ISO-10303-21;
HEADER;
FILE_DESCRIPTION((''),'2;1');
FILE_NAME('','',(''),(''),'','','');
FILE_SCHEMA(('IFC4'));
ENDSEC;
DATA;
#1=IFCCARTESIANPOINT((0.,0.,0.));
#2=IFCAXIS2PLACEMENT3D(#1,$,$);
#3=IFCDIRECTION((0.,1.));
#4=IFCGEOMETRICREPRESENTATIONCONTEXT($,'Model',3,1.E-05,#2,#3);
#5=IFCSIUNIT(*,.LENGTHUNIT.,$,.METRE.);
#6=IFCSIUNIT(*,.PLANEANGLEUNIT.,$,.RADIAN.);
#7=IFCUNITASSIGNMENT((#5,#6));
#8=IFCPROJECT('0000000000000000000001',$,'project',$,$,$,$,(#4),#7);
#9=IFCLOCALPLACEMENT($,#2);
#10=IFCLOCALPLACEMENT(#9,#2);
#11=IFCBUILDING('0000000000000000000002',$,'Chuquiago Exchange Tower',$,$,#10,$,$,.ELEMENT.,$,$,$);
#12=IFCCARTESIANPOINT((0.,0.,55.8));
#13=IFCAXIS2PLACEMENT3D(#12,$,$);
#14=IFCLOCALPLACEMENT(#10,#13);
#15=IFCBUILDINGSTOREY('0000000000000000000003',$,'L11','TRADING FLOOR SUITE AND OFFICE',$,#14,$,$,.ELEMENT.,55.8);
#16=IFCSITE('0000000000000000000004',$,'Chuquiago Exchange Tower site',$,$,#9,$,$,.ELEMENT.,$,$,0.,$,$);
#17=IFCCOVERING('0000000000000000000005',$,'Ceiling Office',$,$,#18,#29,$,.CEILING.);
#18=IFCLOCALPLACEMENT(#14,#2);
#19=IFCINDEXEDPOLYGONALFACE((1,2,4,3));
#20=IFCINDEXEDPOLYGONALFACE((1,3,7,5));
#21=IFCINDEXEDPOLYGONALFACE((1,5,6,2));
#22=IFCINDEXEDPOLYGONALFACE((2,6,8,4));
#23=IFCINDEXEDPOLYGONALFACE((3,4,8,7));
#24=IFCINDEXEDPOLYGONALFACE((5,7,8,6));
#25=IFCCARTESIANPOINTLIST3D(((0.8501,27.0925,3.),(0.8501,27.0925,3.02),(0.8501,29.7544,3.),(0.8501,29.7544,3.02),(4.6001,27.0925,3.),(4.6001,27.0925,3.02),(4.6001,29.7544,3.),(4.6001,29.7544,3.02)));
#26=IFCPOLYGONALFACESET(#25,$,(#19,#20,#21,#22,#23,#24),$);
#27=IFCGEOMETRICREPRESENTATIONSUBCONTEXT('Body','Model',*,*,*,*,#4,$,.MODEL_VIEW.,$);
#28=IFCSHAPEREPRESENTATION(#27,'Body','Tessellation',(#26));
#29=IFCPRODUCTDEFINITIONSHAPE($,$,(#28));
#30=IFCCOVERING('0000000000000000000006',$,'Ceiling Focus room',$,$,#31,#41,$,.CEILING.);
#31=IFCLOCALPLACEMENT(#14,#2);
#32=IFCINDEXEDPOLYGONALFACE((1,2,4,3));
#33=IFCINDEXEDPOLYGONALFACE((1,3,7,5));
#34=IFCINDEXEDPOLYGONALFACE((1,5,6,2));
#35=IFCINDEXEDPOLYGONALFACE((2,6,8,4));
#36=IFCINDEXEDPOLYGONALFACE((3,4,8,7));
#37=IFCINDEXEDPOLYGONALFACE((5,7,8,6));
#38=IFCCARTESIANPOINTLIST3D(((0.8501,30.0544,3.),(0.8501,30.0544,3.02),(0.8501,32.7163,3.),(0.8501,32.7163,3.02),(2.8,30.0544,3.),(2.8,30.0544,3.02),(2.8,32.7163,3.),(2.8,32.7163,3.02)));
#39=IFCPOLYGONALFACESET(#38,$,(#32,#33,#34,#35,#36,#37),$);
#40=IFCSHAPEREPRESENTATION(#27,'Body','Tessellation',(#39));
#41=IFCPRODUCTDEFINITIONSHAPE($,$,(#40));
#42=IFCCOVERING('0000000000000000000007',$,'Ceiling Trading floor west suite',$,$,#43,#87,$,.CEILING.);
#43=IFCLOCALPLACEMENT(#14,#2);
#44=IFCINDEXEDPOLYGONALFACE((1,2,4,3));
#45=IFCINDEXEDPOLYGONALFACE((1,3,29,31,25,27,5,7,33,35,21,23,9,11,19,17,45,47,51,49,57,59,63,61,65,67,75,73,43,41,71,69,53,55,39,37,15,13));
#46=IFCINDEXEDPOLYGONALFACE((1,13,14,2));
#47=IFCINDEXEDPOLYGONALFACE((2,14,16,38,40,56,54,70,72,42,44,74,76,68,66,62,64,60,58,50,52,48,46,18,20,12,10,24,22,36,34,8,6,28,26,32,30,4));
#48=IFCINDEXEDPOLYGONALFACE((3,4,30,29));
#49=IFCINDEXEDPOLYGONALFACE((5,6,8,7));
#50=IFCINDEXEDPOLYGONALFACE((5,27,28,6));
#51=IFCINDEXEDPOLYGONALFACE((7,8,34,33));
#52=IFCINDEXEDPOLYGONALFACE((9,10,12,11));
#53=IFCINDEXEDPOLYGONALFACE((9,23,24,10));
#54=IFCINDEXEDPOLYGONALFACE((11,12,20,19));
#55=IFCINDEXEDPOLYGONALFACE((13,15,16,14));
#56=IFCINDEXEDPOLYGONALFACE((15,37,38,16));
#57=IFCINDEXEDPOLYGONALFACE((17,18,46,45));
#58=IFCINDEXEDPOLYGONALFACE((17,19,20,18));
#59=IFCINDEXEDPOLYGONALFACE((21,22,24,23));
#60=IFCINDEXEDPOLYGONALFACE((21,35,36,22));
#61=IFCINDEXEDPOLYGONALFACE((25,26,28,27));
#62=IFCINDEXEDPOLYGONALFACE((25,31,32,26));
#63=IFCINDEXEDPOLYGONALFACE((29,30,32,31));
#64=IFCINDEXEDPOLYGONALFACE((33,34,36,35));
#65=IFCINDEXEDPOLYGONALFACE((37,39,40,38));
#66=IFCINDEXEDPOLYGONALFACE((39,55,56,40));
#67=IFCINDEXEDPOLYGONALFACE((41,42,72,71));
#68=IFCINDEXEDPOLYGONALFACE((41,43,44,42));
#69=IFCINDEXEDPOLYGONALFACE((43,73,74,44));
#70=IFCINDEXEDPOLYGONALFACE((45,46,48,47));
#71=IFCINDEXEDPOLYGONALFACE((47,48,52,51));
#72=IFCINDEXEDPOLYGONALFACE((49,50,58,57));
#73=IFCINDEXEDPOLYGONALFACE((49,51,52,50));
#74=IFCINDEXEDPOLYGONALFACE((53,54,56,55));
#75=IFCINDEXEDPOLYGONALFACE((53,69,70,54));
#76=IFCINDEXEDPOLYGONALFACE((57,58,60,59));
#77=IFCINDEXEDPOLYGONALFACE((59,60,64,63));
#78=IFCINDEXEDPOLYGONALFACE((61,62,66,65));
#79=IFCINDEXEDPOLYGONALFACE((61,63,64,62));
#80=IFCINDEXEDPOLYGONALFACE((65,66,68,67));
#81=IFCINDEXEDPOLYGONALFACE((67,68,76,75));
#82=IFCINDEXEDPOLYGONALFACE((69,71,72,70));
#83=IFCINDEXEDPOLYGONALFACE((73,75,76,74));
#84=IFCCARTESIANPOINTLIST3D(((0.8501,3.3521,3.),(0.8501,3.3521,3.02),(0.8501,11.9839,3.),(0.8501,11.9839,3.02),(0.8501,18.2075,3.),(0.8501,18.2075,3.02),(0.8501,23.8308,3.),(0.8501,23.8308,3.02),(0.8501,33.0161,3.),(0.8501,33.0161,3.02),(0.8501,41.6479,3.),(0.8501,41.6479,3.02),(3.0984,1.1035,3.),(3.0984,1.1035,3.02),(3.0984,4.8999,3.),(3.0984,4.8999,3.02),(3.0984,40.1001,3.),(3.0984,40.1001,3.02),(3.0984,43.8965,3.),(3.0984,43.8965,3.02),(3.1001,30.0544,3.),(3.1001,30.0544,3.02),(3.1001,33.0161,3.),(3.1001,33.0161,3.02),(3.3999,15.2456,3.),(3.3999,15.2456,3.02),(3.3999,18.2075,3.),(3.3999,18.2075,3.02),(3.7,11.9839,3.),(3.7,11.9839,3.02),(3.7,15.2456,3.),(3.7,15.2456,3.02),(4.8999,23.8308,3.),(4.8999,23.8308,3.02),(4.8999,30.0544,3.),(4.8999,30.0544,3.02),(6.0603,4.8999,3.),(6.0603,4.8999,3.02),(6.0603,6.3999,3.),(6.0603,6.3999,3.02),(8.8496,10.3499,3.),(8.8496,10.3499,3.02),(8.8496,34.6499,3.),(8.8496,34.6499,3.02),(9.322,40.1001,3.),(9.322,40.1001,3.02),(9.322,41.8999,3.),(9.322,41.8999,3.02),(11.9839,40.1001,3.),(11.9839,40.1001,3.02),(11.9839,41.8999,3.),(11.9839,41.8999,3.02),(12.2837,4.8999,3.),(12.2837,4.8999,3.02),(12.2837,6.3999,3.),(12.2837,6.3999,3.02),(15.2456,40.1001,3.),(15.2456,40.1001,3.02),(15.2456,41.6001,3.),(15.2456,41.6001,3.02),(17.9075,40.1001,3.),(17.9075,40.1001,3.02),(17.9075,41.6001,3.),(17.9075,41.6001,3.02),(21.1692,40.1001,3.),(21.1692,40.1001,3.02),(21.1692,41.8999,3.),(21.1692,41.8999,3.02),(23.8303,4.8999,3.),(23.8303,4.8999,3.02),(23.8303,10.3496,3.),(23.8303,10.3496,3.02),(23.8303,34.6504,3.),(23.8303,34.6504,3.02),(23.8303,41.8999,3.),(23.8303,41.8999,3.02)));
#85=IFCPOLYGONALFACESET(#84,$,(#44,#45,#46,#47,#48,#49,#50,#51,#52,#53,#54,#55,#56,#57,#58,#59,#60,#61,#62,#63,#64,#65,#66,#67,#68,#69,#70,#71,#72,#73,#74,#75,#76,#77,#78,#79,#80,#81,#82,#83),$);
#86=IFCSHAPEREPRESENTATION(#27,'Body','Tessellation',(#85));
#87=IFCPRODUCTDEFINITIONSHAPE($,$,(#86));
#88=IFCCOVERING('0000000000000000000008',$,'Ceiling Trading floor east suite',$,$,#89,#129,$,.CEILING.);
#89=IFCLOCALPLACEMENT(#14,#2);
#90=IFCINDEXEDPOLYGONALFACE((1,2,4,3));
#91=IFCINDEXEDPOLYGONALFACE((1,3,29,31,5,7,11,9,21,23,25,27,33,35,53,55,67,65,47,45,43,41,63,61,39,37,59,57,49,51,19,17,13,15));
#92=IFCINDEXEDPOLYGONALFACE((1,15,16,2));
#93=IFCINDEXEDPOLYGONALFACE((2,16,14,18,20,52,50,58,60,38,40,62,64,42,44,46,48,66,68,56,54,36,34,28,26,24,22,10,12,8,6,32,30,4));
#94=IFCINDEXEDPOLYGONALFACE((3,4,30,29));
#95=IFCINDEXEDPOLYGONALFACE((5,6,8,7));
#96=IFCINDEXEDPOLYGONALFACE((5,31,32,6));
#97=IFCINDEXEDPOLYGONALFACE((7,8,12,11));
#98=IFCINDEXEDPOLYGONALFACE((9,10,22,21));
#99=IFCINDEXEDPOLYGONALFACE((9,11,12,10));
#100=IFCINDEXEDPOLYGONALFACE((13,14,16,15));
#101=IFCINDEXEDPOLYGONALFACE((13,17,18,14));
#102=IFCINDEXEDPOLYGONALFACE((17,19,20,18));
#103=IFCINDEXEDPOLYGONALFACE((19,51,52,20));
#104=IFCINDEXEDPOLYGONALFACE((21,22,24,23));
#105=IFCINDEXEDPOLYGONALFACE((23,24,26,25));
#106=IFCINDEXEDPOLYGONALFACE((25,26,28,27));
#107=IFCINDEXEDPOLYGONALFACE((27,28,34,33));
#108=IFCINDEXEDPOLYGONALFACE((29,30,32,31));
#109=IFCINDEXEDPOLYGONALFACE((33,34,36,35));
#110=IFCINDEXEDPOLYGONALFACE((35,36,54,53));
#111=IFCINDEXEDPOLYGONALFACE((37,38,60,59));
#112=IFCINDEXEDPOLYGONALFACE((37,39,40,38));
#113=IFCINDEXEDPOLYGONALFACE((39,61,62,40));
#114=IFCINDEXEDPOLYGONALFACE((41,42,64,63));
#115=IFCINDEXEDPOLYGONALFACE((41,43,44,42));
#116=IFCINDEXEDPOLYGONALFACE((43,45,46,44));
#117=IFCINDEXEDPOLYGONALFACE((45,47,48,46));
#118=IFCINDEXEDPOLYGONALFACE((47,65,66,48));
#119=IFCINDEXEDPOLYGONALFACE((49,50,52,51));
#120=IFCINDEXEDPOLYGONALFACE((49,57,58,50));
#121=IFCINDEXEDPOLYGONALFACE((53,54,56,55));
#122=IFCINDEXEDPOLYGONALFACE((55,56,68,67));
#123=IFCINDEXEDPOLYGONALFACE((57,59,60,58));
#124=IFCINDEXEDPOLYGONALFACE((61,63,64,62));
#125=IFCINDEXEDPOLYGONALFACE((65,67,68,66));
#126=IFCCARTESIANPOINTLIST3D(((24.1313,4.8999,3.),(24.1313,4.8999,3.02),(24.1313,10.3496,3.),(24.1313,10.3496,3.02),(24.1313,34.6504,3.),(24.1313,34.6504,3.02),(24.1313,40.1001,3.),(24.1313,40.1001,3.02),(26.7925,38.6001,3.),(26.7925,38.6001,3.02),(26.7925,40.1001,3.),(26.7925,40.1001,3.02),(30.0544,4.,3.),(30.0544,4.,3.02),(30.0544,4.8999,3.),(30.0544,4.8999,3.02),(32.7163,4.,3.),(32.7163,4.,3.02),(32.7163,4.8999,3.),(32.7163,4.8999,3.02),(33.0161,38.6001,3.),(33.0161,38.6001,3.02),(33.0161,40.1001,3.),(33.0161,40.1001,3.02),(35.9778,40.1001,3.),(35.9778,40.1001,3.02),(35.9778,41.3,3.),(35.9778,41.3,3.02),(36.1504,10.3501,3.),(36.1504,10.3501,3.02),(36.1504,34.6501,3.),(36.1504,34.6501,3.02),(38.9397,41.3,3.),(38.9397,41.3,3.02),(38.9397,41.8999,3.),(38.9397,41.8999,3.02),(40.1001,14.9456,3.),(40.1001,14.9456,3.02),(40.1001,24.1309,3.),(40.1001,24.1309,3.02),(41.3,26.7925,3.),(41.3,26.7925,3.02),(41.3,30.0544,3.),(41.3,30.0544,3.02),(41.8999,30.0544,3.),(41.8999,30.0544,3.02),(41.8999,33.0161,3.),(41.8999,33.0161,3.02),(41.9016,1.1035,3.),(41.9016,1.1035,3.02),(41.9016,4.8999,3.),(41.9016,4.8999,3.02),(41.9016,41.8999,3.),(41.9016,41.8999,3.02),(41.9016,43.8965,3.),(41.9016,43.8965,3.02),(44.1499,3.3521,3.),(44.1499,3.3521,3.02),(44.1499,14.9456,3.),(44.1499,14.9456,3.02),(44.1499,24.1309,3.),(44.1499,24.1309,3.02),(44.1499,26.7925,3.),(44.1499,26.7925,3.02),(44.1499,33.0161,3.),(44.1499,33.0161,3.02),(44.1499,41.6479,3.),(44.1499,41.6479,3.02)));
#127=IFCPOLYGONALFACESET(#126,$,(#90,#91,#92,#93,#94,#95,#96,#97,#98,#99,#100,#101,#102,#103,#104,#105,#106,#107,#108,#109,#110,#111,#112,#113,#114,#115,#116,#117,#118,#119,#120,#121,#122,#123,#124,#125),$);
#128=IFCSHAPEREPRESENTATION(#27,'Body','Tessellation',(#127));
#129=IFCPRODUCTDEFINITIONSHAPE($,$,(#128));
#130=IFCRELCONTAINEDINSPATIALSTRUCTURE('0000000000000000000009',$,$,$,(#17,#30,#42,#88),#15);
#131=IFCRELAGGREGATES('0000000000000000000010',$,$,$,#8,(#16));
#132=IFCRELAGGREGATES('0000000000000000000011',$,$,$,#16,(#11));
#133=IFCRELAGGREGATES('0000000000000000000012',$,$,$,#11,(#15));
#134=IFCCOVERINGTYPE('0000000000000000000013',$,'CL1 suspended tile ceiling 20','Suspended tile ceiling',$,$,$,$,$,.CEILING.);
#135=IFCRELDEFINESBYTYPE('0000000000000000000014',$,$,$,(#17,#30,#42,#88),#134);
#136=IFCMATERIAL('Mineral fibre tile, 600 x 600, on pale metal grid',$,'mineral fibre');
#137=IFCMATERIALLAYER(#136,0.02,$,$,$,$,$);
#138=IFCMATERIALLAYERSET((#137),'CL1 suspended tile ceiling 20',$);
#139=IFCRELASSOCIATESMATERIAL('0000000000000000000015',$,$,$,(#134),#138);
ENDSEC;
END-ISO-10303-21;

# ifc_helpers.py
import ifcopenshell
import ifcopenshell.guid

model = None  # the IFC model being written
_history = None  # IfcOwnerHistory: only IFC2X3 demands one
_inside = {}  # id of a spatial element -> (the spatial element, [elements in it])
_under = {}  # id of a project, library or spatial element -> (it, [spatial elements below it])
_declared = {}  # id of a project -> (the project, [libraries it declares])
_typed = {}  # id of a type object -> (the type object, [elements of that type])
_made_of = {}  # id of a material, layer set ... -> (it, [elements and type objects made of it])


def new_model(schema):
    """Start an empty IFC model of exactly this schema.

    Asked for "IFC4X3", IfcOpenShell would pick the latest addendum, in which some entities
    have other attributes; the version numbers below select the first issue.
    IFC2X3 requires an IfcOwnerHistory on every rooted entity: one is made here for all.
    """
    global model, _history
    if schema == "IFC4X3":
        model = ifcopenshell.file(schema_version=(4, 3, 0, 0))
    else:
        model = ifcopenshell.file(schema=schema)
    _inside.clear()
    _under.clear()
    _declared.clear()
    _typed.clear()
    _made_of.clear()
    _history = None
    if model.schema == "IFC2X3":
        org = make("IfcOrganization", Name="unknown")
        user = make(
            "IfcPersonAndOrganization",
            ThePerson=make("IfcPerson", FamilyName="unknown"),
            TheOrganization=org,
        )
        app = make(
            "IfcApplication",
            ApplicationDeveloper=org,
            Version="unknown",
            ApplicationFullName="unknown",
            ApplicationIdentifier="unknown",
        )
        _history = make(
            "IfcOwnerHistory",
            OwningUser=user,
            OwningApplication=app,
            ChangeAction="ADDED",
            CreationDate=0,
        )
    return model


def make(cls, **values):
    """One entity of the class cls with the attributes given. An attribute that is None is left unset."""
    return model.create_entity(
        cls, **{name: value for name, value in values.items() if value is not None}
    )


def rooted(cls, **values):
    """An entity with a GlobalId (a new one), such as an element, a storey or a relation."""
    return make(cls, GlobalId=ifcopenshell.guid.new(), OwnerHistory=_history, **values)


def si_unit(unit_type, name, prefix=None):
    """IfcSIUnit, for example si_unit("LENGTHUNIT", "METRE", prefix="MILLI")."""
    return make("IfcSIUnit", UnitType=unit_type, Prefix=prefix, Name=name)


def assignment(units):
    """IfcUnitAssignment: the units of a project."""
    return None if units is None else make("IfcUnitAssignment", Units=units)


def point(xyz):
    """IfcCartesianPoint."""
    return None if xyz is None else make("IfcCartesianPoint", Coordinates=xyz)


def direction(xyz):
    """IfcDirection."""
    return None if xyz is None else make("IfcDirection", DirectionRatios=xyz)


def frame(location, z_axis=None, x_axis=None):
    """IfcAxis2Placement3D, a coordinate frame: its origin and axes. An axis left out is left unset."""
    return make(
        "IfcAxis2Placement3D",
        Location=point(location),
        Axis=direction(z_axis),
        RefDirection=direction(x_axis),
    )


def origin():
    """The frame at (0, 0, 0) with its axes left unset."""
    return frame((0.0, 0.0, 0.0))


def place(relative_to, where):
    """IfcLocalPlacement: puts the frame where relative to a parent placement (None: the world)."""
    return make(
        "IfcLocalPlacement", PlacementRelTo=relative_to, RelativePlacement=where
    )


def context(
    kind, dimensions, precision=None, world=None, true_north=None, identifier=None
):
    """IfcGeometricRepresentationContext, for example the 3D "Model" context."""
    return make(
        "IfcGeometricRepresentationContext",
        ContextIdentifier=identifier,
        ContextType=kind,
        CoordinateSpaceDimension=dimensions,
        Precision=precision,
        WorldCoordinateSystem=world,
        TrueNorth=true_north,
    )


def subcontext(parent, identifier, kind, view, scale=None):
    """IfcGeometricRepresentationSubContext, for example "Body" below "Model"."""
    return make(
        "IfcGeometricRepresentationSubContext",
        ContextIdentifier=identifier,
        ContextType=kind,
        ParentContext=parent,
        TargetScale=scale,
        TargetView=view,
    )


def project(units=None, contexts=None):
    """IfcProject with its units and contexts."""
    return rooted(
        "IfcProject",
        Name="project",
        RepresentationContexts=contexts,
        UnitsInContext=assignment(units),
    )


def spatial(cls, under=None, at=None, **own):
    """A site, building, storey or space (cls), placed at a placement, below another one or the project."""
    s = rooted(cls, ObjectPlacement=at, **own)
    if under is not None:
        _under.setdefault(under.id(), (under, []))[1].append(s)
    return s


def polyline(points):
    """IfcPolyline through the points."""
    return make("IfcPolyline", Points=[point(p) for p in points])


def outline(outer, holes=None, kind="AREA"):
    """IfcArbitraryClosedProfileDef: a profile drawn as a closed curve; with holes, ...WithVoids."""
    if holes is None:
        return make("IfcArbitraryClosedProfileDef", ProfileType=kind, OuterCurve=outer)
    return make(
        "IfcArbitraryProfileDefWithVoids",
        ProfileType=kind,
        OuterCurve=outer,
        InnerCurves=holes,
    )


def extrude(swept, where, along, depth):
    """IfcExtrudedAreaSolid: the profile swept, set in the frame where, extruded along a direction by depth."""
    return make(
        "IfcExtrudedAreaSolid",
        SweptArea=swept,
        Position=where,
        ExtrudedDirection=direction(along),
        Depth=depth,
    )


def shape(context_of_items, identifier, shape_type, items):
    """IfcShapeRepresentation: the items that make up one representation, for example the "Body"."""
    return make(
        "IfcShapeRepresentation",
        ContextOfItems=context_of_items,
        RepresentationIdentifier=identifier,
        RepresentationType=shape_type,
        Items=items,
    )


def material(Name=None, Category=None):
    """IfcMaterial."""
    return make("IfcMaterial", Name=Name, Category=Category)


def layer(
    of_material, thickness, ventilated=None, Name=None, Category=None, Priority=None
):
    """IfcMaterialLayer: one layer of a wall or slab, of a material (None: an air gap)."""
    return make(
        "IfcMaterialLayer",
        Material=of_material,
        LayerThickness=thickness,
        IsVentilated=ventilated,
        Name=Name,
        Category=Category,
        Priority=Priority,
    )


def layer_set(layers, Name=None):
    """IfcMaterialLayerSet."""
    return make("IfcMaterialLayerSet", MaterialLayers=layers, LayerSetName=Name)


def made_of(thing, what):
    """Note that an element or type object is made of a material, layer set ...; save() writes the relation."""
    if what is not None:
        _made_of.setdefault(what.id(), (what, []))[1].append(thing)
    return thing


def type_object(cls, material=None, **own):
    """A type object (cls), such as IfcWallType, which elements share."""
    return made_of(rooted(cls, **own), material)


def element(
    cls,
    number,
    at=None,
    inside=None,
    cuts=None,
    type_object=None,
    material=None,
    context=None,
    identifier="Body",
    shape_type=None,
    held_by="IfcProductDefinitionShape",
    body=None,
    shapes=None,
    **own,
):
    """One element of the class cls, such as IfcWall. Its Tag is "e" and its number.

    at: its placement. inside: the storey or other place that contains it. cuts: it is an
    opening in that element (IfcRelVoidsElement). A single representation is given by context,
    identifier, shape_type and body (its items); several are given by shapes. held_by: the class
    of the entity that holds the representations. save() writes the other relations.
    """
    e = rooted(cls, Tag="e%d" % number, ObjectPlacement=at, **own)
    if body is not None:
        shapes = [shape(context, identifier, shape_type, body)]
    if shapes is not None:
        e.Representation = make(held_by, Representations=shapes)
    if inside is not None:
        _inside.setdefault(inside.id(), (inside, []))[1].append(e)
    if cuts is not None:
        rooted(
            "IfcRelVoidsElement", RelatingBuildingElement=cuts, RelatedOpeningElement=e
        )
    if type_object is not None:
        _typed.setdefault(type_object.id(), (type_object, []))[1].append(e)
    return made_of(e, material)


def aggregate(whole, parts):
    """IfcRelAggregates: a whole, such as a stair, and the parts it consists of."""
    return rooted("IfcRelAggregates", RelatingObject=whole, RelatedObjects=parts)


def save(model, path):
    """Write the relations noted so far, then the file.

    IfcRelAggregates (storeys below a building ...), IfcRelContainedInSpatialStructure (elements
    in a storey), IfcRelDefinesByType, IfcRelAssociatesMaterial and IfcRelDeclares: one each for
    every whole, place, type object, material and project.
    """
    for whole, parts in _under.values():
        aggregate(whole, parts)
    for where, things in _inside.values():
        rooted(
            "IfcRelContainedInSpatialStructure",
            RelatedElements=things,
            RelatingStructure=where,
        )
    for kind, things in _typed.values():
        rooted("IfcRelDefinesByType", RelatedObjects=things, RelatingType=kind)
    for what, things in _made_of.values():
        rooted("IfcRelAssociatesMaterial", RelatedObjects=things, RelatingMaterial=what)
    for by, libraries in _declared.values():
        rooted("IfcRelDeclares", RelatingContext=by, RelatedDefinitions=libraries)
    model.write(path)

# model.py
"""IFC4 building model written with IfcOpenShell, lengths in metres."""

from ifc_helpers import new_model, si_unit, direction, frame, origin, place, context, subcontext, project, spatial, polyline, outline, extrude, material, layer, layer_set, type_object, element, save


model = new_model("IFC4")

# Units and contexts
model_context = context("Model", 3, precision=1e-05, world=origin(), true_north=direction((0.0, 1.0)))
body_context = subcontext(model_context, "Body", "Model", "MODEL_VIEW")
ifc_project = project(units=[si_unit("LENGTHUNIT", "METRE"), si_unit("PLANEANGLEUNIT", "RADIAN")], contexts=[model_context])

# Site, building, storey
site_placement = place(None, origin())
site = spatial("IfcSite", under=ifc_project, at=site_placement, Name="Chuquiago Exchange Tower site", CompositionType="ELEMENT", RefElevation=0.0)
building_placement = place(site_placement, origin())
building = spatial("IfcBuilding", under=site, at=building_placement, Name="Chuquiago Exchange Tower", CompositionType="ELEMENT")
storey_placement = place(building_placement, frame((0.0, 0.0, 55.8)))
storey = spatial("IfcBuildingStorey", under=building, at=storey_placement, Name="L11", Description="TRADING FLOOR SUITE AND OFFICE", CompositionType="ELEMENT", Elevation=55.8)

# Coverings
ifc_material_1 = material(Name="Mineral fibre tile, 600 x 600, on pale metal grid", Category="mineral fibre")
ifc_layer_1 = layer(ifc_material_1, 0.02)
ifc_layer_set_1 = layer_set([ifc_layer_1], Name="CL1 suspended tile ceiling 20")
covering_type_1 = type_object("IfcCoveringType", Name="CL1 suspended tile ceiling 20", Description="Suspended tile ceiling", PredefinedType="CEILING", material=ifc_layer_set_1)
covering_1_placement = place(storey_placement, frame((0.0, 0.0, 3.0)))
element("IfcCovering", 1, at=covering_1_placement, inside=storey, type_object=covering_type_1, Name="Ceiling Office", PredefinedType="CEILING", context=body_context, shape_type="SweptSolid", body=[
    extrude(outline(polyline([(4.6001, 29.7544), (4.6001, 27.0925), (0.8501, 27.0925), (0.8501, 29.7544), (4.6001, 29.7544)])), origin(), (0.0, 0.0, 1.0), 0.02),
])
covering_2_placement = place(storey_placement, frame((0.0, 0.0, 3.0)))
element("IfcCovering", 2, at=covering_2_placement, inside=storey, type_object=covering_type_1, Name="Ceiling Focus room", PredefinedType="CEILING", context=body_context, shape_type="SweptSolid", body=[
    extrude(outline(polyline([(2.8, 32.7163), (2.8, 30.0544), (0.8501, 30.0544), (0.8501, 32.7163), (2.8, 32.7163)])), origin(), (0.0, 0.0, 1.0), 0.02),
])
covering_3_placement = place(storey_placement, frame((0.0, 0.0, 3.0)))
element("IfcCovering", 3, at=covering_3_placement, inside=storey, type_object=covering_type_1, Name="Ceiling Trading floor west suite", PredefinedType="CEILING", context=body_context, shape_type="SweptSolid", body=[
    extrude(outline(polyline([(3.0984, 40.1001), (9.322, 40.1001), (9.322, 41.8999), (11.9839, 41.8999), (11.9839, 40.1001), (15.2456, 40.1001), (15.2456, 41.6001), (17.9075, 41.6001), (17.9075, 40.1001), (21.1692, 40.1001), (21.1692, 41.8999), (23.8303, 41.8999), (23.8303, 34.6504), (8.8496, 34.6499), (8.8496, 10.3499), (23.8303, 10.3496), (23.8303, 4.8999), (12.2837, 4.8999), (12.2837, 6.3999), (6.0603, 6.3999), (6.0603, 4.8999), (3.0984, 4.8999), (3.0984, 1.1035), (0.8501, 3.3521), (0.8501, 11.9839), (3.7, 11.9839), (3.7, 15.2456), (3.3999, 15.2456), (3.3999, 18.2075), (0.8501, 18.2075), (0.8501, 23.8308), (4.8999, 23.8308), (4.8999, 30.0544), (3.1001, 30.0544), (3.1001, 33.0161), (0.8501, 33.0161), (0.8501, 41.6479), (3.0984, 43.8965), (3.0984, 40.1001)])), origin(), (0.0, 0.0, 1.0), 0.02),
])
covering_4_placement = place(storey_placement, frame((0.0, 0.0, 3.0)))
element("IfcCovering", 4, at=covering_4_placement, inside=storey, type_object=covering_type_1, Name="Ceiling Trading floor east suite", PredefinedType="CEILING", context=body_context, shape_type="SweptSolid", body=[
    extrude(outline(polyline([(26.7925, 38.6001), (33.0161, 38.6001), (33.0161, 40.1001), (35.9778, 40.1001), (35.9778, 41.3), (38.9397, 41.3), (38.9397, 41.8999), (41.9016, 41.8999), (41.9016, 43.8965), (44.1499, 41.6479), (44.1499, 33.0161), (41.8999, 33.0161), (41.8999, 30.0544), (41.3, 30.0544), (41.3, 26.7925), (44.1499, 26.7925), (44.1499, 24.1309), (40.1001, 24.1309), (40.1001, 14.9456), (44.1499, 14.9456), (44.1499, 3.3521), (41.9016, 1.1035), (41.9016, 4.8999), (32.7163, 4.8999), (32.7163, 4.0), (30.0544, 4.0), (30.0544, 4.8999), (24.1313, 4.8999), (24.1313, 10.3496), (36.1504, 10.3501), (36.1504, 34.6501), (24.1313, 34.6504), (24.1313, 40.1001), (26.7925, 40.1001), (26.7925, 38.6001)])), origin(), (0.0, 0.0, 1.0), 0.02),
])

save(model, "model.ifc")
